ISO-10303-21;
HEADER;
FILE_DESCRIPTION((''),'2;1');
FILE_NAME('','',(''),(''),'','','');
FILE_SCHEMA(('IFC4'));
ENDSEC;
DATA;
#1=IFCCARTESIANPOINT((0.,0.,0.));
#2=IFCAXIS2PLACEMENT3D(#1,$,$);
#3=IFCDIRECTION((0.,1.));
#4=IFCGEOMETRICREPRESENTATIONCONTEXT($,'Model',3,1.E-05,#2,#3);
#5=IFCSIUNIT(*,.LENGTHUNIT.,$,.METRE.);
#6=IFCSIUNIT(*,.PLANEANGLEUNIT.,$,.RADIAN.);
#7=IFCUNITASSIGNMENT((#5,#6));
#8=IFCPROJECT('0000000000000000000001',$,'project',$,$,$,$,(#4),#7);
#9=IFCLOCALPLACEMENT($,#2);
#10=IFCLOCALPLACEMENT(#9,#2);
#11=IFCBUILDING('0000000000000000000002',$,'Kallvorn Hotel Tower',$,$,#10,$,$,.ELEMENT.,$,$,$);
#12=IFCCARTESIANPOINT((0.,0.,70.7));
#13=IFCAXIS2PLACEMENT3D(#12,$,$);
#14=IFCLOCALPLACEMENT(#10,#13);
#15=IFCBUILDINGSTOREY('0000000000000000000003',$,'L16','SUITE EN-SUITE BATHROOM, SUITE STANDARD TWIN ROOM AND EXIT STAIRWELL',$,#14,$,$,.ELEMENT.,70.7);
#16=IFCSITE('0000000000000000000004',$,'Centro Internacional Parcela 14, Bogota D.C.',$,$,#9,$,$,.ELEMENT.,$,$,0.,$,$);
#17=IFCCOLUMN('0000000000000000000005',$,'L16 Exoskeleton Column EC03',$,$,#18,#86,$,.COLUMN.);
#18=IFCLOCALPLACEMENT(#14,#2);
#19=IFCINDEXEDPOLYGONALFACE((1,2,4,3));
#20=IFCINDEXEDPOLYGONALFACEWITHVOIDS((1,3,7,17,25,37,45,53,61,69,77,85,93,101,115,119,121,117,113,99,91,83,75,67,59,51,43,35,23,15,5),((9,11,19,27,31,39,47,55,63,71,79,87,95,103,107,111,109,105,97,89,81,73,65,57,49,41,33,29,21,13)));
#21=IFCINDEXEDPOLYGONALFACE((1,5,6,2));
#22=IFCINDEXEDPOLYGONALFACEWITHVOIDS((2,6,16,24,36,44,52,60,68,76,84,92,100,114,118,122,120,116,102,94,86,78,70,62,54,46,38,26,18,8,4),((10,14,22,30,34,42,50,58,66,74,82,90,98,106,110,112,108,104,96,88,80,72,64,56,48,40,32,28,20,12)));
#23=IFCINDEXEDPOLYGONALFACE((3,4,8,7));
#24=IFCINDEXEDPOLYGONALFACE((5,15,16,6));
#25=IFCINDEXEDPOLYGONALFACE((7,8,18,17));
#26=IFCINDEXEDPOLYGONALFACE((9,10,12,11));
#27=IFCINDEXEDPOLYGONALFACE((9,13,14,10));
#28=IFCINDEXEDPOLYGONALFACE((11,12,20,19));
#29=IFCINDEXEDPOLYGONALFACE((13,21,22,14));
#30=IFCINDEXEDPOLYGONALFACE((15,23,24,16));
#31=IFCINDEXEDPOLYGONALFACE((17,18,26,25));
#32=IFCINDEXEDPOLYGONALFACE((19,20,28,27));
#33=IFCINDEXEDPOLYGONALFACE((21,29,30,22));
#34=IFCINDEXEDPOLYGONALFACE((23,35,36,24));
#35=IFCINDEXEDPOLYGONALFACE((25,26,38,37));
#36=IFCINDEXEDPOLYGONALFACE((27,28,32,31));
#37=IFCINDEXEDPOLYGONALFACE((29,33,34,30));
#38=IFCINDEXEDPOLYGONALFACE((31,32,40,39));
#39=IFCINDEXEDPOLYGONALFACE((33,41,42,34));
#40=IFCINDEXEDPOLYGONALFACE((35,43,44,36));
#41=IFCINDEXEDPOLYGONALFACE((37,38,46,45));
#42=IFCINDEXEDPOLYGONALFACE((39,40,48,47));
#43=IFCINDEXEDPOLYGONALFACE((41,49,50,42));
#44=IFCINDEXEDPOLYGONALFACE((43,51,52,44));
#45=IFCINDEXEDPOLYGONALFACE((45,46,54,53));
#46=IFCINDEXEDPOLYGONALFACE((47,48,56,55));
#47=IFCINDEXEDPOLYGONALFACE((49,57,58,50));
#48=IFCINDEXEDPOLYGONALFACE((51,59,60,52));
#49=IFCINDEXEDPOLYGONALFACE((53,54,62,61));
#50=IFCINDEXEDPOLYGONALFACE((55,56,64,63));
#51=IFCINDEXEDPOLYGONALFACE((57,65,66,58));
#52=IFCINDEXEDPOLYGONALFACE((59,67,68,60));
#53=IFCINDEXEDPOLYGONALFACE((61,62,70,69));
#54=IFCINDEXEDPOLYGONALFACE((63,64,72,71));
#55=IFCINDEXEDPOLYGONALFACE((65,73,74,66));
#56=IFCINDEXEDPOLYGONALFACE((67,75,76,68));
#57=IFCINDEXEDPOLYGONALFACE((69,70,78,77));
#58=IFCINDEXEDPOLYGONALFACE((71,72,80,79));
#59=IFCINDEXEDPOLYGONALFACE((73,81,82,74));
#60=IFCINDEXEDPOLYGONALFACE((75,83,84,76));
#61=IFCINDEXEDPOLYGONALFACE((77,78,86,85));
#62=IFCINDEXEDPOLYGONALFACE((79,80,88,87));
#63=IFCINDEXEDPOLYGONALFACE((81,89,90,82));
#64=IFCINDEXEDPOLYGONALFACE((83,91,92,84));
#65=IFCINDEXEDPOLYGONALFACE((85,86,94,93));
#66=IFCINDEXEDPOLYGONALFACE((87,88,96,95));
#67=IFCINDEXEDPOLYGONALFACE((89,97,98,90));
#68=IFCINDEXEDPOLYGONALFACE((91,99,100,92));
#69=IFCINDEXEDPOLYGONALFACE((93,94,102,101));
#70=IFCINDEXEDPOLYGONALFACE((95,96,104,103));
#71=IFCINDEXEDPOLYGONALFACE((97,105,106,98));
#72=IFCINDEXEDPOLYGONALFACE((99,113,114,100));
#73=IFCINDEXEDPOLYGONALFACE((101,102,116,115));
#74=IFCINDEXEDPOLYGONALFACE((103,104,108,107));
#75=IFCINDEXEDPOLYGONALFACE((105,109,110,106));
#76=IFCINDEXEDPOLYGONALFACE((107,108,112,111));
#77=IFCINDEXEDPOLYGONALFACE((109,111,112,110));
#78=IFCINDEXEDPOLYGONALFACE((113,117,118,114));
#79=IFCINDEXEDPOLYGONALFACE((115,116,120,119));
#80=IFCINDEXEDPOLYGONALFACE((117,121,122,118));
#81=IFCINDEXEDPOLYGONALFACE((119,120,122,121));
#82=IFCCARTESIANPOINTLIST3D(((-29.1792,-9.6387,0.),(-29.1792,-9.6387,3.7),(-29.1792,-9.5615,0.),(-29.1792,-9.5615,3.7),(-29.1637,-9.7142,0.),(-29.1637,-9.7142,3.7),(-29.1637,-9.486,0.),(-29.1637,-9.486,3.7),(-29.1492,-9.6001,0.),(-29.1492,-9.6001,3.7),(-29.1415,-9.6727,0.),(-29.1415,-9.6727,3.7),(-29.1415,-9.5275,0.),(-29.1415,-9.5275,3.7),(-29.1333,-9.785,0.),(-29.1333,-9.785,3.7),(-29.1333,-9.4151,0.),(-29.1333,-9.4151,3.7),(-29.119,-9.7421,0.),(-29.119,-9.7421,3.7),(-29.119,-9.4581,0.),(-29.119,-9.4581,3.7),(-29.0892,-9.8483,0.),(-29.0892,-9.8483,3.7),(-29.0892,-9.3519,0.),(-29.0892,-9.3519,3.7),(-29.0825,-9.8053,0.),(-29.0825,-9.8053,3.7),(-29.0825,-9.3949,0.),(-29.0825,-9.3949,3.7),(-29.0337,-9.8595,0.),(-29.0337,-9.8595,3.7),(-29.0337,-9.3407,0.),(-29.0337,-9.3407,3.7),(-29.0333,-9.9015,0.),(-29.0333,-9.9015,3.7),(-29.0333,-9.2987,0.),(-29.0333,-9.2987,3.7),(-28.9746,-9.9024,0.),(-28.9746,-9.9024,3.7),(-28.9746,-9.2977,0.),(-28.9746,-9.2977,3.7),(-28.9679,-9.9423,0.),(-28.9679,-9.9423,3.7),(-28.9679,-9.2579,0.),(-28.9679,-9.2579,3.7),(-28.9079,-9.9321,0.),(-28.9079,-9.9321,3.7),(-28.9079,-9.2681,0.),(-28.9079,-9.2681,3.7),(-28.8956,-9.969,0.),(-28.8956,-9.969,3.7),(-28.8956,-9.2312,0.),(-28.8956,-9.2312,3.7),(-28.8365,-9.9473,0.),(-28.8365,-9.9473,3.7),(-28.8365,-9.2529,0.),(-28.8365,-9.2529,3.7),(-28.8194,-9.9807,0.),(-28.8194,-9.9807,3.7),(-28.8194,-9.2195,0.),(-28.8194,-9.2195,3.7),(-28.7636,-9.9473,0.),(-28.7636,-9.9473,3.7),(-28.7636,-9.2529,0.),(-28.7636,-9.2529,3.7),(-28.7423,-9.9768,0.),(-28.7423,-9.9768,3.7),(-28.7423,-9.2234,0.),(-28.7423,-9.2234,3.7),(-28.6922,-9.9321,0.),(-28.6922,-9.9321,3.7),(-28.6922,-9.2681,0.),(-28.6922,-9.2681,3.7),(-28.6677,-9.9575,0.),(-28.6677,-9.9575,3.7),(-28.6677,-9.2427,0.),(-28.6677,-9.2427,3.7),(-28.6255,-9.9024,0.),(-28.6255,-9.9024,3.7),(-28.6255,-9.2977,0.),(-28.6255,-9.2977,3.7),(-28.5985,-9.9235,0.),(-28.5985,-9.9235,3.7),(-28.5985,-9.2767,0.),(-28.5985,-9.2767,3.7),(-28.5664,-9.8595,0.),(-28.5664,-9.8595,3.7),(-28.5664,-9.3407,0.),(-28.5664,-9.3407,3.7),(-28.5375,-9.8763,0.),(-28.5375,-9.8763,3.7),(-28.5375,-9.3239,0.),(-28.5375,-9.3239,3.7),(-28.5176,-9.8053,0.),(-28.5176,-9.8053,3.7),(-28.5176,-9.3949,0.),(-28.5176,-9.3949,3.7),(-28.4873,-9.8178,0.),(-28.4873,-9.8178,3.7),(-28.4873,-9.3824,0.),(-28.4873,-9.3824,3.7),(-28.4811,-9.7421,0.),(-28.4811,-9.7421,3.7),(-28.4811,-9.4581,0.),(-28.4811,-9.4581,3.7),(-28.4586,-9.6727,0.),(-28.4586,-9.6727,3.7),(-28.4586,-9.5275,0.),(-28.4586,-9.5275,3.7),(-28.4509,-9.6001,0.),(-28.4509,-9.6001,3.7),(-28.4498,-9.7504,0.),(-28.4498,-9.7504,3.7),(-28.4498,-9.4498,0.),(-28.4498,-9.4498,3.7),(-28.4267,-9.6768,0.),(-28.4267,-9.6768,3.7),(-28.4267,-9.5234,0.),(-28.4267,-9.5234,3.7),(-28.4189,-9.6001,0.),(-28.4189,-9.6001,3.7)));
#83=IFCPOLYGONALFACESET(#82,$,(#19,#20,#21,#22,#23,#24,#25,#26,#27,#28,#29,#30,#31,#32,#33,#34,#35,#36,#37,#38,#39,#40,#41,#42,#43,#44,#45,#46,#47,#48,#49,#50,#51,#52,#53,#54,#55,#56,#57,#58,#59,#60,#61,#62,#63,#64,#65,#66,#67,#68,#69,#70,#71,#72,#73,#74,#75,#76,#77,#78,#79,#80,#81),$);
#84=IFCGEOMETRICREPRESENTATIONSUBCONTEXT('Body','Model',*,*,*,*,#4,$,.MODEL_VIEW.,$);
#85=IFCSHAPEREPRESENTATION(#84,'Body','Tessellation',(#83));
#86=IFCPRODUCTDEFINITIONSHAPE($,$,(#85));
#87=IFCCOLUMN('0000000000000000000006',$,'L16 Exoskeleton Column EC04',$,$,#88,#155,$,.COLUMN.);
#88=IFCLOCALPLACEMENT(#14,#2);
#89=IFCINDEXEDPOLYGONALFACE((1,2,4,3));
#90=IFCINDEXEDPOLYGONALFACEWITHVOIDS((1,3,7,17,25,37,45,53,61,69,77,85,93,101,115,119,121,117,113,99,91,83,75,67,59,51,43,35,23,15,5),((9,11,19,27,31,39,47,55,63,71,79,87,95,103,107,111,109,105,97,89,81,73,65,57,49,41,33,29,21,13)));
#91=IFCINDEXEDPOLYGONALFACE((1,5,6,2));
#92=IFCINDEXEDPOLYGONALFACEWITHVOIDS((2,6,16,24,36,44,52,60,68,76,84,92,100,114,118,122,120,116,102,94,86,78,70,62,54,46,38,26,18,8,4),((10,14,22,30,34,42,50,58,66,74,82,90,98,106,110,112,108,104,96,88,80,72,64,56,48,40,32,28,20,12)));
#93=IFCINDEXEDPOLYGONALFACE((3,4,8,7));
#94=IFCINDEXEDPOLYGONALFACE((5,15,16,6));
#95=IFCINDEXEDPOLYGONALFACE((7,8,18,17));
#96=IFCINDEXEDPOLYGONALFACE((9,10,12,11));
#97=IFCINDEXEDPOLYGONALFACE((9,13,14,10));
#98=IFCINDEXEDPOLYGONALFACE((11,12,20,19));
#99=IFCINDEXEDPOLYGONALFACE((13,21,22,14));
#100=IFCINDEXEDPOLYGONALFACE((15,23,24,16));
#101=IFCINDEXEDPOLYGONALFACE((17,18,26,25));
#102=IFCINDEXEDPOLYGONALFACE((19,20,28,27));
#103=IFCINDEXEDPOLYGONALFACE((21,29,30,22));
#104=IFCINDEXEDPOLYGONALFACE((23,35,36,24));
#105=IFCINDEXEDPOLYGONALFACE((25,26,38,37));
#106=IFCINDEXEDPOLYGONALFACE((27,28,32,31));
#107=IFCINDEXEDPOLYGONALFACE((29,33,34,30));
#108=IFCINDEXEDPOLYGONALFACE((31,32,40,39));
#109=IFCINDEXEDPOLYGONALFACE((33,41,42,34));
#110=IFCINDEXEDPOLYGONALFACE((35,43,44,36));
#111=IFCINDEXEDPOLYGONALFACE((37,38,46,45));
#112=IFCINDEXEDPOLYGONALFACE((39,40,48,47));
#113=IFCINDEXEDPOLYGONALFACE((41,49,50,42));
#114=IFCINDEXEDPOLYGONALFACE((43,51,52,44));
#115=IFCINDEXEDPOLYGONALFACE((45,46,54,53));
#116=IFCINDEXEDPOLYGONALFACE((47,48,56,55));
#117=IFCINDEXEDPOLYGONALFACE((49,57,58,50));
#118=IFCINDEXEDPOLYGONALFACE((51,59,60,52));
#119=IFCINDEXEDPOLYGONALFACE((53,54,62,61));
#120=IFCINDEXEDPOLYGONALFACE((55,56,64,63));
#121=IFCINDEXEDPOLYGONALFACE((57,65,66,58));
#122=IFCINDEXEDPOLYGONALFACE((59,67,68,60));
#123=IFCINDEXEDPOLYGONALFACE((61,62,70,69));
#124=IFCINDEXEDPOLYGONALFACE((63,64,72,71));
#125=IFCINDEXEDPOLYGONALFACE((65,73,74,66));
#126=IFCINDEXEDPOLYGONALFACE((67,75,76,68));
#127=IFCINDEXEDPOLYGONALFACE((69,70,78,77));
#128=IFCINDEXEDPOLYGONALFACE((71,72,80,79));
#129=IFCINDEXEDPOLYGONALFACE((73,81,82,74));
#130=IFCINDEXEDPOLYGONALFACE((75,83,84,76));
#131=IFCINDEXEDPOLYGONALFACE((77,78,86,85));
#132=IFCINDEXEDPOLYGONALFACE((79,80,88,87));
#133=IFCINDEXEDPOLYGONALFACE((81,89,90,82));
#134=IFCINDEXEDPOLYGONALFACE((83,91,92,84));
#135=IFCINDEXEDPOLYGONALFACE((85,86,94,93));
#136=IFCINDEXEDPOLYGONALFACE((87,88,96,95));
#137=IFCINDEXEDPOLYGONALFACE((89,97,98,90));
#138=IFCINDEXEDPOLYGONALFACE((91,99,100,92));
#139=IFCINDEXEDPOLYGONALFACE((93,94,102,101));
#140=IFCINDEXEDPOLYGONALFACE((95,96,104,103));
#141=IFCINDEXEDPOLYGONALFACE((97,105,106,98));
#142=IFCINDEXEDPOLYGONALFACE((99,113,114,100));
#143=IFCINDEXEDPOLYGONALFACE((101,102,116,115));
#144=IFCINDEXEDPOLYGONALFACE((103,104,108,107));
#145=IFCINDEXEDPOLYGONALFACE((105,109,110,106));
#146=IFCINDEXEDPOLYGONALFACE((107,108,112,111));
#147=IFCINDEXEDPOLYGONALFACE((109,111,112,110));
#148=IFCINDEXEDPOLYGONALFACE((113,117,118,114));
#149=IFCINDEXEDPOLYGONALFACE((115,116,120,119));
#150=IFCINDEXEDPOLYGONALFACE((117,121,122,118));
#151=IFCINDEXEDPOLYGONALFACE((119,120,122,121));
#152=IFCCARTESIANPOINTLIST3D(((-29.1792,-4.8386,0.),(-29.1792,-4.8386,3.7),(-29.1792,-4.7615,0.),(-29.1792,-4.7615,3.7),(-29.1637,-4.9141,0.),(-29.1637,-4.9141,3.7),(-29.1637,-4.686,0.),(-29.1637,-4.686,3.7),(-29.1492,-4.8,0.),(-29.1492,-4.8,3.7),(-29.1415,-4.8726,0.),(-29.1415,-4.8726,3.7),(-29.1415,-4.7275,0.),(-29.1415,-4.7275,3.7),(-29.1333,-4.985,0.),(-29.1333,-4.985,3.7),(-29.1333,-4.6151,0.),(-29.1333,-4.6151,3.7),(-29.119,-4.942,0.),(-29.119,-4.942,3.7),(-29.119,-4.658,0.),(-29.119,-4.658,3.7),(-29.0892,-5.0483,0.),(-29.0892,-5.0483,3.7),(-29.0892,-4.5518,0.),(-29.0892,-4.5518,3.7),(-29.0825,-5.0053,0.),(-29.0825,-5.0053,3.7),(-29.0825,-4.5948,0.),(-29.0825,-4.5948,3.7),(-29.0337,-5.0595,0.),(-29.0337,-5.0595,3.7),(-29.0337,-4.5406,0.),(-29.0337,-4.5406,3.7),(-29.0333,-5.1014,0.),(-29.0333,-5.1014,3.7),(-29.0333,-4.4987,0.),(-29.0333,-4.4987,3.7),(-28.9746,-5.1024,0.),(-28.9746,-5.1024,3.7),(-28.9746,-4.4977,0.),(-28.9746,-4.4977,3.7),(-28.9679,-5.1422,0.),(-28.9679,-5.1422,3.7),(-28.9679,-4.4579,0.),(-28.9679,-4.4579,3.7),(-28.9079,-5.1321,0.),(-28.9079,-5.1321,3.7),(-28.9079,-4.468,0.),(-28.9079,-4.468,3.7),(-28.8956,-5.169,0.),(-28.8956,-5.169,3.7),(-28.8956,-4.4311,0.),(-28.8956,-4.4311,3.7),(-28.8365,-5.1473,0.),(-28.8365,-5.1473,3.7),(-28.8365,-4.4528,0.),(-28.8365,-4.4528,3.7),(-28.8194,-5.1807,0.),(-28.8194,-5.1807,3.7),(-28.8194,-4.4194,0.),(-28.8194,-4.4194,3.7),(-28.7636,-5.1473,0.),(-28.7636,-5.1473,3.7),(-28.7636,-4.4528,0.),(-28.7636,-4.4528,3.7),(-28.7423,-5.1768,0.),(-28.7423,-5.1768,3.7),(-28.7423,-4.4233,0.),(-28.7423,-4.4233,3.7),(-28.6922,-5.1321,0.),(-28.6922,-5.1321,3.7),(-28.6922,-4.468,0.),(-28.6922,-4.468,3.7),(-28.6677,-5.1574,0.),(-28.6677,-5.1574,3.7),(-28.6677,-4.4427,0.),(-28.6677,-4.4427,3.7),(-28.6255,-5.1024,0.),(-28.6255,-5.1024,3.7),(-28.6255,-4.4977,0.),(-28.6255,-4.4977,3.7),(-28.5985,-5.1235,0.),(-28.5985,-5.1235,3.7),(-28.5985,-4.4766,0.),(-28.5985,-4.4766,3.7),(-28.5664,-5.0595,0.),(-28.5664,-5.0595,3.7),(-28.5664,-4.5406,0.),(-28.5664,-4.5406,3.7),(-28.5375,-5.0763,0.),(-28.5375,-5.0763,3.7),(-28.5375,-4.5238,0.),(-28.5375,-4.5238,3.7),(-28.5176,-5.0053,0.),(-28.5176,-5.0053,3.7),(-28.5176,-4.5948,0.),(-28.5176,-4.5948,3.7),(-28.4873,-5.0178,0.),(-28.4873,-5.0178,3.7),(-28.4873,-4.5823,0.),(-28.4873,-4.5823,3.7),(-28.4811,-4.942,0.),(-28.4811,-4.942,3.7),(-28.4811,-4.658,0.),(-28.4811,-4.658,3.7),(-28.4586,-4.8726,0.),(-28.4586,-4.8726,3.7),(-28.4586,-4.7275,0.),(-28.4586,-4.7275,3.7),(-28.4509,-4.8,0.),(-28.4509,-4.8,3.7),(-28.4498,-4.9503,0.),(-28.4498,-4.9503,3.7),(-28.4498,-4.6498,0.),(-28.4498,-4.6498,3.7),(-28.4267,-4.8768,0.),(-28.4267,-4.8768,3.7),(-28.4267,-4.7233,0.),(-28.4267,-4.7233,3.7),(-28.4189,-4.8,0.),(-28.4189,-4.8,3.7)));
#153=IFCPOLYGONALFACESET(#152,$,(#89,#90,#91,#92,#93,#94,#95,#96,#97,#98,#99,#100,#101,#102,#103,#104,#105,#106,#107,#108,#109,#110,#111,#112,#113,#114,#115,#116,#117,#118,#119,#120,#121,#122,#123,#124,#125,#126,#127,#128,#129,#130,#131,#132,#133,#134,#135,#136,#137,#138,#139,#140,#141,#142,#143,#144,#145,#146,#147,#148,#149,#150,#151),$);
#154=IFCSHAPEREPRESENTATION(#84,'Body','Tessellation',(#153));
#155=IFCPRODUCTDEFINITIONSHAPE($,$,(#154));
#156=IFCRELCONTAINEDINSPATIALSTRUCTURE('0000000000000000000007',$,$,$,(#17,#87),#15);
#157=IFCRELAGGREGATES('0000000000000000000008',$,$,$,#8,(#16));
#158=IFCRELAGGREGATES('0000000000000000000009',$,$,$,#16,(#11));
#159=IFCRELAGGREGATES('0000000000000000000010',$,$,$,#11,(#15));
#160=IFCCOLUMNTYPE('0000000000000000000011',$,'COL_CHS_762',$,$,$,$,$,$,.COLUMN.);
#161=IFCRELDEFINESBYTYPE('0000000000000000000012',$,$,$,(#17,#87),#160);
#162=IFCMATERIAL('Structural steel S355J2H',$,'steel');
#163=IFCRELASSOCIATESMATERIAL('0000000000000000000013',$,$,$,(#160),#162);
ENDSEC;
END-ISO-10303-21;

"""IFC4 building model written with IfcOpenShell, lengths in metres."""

from ifc_helpers import new_model, si_unit, direction, frame, origin, origin_2d, place, context, subcontext, project, spatial, hollow_circle, extrude, material, material_profile, profile_set, type_object, element, save


model = new_model("IFC4")

# Units and contexts
model_context = context("Model", 3, precision=1e-05, world=origin(), true_north=direction((0.0, 1.0)))
body_context = subcontext(model_context, "Body", "Model", "MODEL_VIEW")
ifc_project = project(units=[si_unit("LENGTHUNIT", "METRE"), si_unit("PLANEANGLEUNIT", "RADIAN")], contexts=[model_context])

# Site, building, storey
site_placement = place(None, origin())
site = spatial("IfcSite", under=ifc_project, at=site_placement, Name="Centro Internacional Parcela 14, Bogota D.C.", CompositionType="ELEMENT", RefElevation=0.0)
building_placement = place(site_placement, origin())
building = spatial("IfcBuilding", under=site, at=building_placement, Name="Kallvorn Hotel Tower", CompositionType="ELEMENT")
storey_placement = place(building_placement, frame((0.0, 0.0, 70.7)))
storey = spatial("IfcBuildingStorey", under=building, at=storey_placement, Name="L16", Description="SUITE EN-SUITE BATHROOM, SUITE STANDARD TWIN ROOM AND EXIT STAIRWELL", CompositionType="ELEMENT", Elevation=70.7)

# Columns
ifc_material_1 = material(Name="Structural steel S355J2H", Category="steel")
ifc_material_profile_1 = material_profile(ifc_material_1, hollow_circle(Radius=0.3811, WallThickness=0.032, at=origin_2d()), Name="CHS 762x32")
ifc_profile_set_1 = profile_set([ifc_material_profile_1], Name="Structural steel S355J2H")
column_type_1 = type_object("IfcColumnType", Name="COL_CHS_762", PredefinedType="COLUMN", material=ifc_profile_set_1)
for number, where, z_axis, x_axis, name in (
    (1, (-28.8, -9.6001, 0.0), (0.0, 0.0, 1.0), (1.0, 0.0, 0.0), "L16 Exoskeleton Column EC03"),
    (2, (-28.8, -4.8, 0.0), (0.0, 0.0, 1.0), (1.0, 0.0, 0.0), "L16 Exoskeleton Column EC04"),
):
    element("IfcColumn", number, at=place(storey_placement, frame(where, z_axis=z_axis, x_axis=x_axis)), inside=storey, type_object=column_type_1, Name=name, PredefinedType="COLUMN", context=body_context, shape_type="SweptSolid", body=[
        extrude(hollow_circle(Radius=0.3811, WallThickness=0.032, at=origin_2d()), origin(), (0.0, 0.0, 1.0), 3.7),
    ])

save(model, "model.ifc")
